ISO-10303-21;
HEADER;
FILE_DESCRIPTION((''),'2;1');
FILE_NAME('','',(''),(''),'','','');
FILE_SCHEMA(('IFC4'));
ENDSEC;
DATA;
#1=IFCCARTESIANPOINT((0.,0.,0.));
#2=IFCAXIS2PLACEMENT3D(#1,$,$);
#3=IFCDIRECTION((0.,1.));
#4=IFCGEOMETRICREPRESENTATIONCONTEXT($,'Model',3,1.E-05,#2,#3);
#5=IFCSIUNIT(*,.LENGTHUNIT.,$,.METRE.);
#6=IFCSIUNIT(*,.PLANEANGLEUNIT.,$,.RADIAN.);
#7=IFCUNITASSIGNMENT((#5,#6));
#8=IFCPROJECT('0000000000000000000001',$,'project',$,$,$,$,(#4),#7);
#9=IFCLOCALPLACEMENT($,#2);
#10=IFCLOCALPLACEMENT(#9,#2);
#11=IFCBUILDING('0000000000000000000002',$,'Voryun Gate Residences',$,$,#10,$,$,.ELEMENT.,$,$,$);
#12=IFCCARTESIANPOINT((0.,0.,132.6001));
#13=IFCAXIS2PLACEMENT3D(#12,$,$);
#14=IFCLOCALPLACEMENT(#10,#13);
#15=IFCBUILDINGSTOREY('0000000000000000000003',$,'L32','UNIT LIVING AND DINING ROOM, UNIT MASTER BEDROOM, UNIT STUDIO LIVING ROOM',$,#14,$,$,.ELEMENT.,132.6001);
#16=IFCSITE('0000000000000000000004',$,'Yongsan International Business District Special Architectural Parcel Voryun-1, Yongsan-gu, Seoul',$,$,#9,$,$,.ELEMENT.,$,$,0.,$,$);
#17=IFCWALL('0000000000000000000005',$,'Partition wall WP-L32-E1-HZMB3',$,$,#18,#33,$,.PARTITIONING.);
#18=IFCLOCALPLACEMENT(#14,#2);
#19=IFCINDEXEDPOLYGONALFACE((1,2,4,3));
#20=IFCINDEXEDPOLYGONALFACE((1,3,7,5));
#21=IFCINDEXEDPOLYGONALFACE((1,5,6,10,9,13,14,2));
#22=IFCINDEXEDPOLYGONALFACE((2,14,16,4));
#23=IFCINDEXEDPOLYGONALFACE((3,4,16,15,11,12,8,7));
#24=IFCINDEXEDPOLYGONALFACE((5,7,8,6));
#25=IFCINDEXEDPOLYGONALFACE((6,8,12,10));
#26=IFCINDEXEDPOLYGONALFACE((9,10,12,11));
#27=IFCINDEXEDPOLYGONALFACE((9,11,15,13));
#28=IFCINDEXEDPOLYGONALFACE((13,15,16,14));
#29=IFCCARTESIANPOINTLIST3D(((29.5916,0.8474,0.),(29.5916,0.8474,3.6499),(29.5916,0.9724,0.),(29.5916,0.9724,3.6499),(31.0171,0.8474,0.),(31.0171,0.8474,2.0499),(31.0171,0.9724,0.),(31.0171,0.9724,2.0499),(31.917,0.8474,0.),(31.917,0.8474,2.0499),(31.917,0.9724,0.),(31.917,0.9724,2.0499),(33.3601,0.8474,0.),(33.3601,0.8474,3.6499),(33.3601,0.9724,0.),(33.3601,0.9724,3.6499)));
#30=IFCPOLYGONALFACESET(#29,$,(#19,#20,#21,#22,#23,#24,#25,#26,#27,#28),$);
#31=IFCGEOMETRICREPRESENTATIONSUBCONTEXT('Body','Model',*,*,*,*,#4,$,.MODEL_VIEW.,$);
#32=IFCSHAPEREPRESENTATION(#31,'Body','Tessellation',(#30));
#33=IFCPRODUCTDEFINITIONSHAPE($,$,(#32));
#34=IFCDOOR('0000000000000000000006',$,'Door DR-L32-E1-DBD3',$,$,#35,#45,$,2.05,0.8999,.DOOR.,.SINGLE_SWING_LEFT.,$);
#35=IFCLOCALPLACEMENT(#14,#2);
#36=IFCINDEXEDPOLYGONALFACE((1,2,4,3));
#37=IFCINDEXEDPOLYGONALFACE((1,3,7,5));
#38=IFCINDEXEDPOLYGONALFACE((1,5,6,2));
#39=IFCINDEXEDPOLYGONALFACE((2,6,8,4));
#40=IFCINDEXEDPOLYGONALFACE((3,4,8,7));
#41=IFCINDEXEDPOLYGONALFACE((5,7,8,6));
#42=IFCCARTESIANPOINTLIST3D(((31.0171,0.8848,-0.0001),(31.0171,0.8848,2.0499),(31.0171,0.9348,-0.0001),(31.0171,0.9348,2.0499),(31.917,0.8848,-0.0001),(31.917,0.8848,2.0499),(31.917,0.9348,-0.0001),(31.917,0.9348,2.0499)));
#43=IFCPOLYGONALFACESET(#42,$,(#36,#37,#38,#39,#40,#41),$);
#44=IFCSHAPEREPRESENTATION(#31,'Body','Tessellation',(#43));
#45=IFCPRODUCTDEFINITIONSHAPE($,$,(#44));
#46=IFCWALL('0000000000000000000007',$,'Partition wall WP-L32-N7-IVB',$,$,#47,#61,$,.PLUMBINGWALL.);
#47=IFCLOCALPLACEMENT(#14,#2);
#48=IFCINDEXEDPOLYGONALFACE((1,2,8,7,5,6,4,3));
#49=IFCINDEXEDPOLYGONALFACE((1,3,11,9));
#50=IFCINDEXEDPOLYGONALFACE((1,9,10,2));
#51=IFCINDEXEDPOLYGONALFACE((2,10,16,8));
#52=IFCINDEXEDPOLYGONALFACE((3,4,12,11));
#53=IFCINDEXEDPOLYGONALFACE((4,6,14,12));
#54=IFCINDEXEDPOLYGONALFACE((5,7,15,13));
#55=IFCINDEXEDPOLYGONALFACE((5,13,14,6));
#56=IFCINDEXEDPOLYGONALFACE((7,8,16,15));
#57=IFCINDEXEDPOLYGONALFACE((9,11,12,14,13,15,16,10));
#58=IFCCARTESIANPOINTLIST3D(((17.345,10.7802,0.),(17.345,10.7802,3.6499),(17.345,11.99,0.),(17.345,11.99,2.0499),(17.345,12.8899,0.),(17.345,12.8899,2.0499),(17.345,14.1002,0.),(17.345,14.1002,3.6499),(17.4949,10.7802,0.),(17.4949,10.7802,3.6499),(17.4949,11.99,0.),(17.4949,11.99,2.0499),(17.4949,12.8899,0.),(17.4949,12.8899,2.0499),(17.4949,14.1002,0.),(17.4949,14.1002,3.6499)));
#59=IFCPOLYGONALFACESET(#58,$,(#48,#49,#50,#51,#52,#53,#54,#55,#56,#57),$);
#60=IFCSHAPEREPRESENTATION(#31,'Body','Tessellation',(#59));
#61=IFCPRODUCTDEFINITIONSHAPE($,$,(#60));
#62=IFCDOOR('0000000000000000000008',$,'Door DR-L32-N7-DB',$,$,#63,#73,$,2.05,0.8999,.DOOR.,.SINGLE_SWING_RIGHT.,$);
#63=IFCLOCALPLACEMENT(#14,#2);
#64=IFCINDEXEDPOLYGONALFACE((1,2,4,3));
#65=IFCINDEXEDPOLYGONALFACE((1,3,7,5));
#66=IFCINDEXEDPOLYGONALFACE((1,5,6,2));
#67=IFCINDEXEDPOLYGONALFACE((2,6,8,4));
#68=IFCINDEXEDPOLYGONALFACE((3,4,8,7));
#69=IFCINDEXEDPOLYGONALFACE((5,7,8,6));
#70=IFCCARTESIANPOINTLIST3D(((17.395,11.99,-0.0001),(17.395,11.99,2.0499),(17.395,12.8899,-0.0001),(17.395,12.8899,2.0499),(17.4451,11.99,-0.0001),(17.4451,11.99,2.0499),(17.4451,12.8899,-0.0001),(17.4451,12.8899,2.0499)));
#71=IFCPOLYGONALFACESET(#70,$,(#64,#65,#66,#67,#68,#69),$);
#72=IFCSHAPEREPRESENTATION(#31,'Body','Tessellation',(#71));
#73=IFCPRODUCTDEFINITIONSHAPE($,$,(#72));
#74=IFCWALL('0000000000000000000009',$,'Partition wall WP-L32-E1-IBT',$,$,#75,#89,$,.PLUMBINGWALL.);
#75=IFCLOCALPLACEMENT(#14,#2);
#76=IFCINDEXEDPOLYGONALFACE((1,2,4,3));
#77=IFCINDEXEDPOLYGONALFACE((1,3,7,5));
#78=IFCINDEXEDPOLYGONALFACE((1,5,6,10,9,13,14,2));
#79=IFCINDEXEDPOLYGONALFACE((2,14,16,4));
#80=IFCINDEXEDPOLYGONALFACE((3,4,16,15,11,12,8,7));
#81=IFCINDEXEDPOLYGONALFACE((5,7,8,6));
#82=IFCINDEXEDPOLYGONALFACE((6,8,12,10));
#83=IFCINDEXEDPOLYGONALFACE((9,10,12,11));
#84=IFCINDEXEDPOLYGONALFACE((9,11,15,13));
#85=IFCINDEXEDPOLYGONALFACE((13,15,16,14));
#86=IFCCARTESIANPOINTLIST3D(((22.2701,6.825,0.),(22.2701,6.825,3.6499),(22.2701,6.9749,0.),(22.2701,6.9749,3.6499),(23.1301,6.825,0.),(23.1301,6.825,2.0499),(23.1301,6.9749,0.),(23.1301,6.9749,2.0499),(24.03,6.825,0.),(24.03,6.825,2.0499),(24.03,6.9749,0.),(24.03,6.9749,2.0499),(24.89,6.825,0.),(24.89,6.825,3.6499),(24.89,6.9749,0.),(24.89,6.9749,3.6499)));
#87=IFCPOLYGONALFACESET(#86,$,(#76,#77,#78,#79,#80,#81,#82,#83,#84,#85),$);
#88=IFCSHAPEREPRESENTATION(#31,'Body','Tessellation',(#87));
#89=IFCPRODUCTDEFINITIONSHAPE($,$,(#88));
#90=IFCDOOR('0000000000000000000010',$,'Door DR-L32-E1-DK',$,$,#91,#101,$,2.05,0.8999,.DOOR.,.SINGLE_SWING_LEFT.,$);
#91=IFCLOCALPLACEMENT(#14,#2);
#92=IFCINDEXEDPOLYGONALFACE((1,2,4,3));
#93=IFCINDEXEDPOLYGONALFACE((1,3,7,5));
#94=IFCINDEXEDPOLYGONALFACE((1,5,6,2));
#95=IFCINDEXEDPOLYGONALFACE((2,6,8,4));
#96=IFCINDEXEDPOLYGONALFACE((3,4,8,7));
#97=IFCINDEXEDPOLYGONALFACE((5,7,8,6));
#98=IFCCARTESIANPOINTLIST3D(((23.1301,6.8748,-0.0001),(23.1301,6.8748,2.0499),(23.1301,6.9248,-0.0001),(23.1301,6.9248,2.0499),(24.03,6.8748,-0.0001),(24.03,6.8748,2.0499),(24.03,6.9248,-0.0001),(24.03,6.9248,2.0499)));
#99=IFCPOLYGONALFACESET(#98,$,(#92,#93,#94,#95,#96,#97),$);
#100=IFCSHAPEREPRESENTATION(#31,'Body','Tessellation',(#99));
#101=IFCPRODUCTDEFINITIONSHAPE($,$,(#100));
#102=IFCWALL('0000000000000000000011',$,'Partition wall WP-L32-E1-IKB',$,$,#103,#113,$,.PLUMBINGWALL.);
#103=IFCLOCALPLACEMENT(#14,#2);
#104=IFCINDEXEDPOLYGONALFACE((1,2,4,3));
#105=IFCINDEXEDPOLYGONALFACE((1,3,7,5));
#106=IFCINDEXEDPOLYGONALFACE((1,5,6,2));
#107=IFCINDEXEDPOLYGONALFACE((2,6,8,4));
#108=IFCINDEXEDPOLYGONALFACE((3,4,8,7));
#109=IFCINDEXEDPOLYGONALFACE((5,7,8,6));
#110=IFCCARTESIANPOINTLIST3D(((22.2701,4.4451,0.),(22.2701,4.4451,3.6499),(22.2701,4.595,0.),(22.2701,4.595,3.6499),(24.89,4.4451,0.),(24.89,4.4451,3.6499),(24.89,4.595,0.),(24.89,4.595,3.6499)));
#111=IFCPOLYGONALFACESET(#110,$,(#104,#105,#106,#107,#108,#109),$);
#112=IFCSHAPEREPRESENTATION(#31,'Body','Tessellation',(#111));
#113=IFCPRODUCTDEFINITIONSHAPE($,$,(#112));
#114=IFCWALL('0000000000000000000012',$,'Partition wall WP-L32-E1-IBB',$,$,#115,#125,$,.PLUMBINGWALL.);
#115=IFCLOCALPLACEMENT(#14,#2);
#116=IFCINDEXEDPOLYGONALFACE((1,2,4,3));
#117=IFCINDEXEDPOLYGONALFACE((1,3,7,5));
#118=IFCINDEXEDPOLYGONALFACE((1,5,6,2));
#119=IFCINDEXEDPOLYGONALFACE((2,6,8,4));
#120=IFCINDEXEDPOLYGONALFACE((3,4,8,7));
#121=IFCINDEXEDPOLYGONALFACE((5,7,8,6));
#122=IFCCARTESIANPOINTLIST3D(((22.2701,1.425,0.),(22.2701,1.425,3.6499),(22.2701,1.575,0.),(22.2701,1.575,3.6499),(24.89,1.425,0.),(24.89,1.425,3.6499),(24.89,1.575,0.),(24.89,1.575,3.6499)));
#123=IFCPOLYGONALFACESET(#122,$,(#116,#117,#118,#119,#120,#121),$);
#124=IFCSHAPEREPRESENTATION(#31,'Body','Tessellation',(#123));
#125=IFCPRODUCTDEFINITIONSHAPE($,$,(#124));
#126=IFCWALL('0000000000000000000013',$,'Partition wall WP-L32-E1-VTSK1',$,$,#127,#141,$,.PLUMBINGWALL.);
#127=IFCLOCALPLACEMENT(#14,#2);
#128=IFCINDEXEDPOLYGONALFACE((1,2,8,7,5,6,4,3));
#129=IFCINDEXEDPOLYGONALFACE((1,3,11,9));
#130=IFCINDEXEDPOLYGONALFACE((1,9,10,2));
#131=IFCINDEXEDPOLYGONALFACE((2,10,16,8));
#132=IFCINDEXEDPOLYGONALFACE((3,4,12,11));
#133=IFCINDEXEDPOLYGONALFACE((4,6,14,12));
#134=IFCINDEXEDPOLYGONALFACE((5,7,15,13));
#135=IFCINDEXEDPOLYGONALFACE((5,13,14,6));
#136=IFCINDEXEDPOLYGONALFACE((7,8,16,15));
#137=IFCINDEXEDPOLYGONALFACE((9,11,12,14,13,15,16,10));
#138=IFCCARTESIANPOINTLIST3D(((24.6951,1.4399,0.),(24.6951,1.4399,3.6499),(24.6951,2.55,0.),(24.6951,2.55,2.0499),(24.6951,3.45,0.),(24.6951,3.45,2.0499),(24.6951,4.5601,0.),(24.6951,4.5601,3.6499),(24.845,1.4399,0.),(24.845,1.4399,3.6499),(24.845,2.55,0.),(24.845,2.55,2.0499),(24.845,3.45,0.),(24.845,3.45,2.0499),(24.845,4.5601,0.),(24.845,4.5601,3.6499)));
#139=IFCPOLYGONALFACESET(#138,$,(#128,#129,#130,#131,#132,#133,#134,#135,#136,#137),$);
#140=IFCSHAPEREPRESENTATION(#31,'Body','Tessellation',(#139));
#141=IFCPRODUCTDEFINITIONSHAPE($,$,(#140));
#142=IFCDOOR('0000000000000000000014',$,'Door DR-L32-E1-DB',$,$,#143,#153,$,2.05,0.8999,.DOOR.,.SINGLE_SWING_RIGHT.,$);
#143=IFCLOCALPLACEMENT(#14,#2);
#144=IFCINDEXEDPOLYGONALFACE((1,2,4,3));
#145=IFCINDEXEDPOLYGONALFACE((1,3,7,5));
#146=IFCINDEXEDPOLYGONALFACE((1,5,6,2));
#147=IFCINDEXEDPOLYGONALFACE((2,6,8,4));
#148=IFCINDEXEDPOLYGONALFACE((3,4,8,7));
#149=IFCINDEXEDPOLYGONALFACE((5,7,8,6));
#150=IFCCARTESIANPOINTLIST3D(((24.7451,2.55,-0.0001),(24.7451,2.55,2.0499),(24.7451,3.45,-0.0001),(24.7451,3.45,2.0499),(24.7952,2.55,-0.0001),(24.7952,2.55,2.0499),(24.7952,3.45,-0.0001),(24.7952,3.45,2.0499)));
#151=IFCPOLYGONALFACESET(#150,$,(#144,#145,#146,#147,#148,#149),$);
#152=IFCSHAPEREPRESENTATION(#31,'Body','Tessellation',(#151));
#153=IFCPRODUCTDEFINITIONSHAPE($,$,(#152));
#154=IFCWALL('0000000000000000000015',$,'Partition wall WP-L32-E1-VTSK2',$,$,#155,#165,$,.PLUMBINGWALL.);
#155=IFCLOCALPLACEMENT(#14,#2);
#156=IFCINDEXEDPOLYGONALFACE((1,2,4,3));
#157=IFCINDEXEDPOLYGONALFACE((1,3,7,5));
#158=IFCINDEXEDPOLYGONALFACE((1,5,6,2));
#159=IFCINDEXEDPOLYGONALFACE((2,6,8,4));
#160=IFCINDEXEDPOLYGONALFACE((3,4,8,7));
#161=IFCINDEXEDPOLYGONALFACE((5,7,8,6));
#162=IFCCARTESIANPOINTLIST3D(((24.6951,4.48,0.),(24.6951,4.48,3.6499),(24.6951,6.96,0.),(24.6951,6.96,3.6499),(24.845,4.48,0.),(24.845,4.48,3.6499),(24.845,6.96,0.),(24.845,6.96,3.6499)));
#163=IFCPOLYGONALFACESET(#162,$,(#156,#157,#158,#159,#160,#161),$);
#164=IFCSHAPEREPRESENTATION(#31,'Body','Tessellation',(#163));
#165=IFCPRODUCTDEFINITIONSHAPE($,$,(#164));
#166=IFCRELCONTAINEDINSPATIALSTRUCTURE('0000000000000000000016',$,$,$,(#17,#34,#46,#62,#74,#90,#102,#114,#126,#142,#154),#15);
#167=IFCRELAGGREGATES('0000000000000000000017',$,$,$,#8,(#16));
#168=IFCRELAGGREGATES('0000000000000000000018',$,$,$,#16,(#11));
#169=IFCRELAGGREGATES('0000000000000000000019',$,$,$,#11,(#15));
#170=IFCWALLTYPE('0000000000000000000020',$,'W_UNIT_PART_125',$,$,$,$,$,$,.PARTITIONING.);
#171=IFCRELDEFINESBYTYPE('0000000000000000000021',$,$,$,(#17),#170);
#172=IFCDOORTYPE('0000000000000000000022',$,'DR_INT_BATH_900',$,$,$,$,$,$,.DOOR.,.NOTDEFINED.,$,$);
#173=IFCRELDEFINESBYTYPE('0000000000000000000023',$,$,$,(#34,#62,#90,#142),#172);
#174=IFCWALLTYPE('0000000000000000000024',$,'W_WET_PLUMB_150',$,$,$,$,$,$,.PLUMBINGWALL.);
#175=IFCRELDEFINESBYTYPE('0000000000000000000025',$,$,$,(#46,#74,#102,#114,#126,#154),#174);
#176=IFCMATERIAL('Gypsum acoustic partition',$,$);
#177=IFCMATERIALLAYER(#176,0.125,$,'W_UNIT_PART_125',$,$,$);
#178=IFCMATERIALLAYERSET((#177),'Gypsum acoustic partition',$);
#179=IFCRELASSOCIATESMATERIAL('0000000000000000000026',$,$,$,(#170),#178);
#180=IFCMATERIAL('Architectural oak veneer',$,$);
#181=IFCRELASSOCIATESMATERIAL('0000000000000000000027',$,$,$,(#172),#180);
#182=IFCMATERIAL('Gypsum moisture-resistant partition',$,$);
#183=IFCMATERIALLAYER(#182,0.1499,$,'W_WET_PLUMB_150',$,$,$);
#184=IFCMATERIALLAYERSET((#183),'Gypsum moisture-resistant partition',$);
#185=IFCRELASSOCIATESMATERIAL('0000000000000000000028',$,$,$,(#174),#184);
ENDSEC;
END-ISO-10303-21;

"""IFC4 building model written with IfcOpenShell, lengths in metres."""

from ifc_helpers import new_model, si_unit, direction, frame, frame_2d, origin, place, context, subcontext, project, spatial, rectangle, extrude, material, layer, layer_set, type_object, element, fill, save


model = new_model("IFC4")

# Units and contexts
model_context = context("Model", 3, precision=1e-05, world=origin(), true_north=direction((0.0, 1.0)))
body_context = subcontext(model_context, "Body", "Model", "MODEL_VIEW")
ifc_project = project(units=[si_unit("LENGTHUNIT", "METRE"), si_unit("PLANEANGLEUNIT", "RADIAN")], contexts=[model_context])

# Site, building, storey
site_placement = place(None, origin())
site = spatial("IfcSite", under=ifc_project, at=site_placement, Name="Yongsan International Business District Special Architectural Parcel Voryun-1, Yongsan-gu, Seoul", CompositionType="ELEMENT", RefElevation=0.0)
building_placement = place(site_placement, origin())
building = spatial("IfcBuilding", under=site, at=building_placement, Name="Voryun Gate Residences", CompositionType="ELEMENT")
storey_placement = place(building_placement, frame((0.0, 0.0, 132.6001)))
storey = spatial("IfcBuildingStorey", under=building, at=storey_placement, Name="L32", Description="UNIT LIVING AND DINING ROOM, UNIT MASTER BEDROOM, UNIT STUDIO LIVING ROOM", CompositionType="ELEMENT", Elevation=132.6001)

# Walls, openings, doors
ifc_material_1 = material(Name="Gypsum acoustic partition")
ifc_layer_1 = layer(ifc_material_1, 0.125, Name="W_UNIT_PART_125")
ifc_layer_set_1 = layer_set([ifc_layer_1], Name="Gypsum acoustic partition")
wall_type_1 = type_object("IfcWallType", Name="W_UNIT_PART_125", PredefinedType="PARTITIONING", material=ifc_layer_set_1)
ifc_material_2 = material(Name="Architectural oak veneer")
door_type = type_object("IfcDoorType", Name="DR_INT_BATH_900", OperationType="NOTDEFINED", PredefinedType="DOOR", material=ifc_material_2)
wall_1_placement = place(storey_placement, frame((29.5916, 0.9099, 0.0), z_axis=(0.0, 0.0, 1.0), x_axis=(1.0, 0.0, 0.0)))
wall_1 = element("IfcWall", 1, at=wall_1_placement, inside=storey, type_object=wall_type_1, Name="Partition wall WP-L32-E1-HZMB3", PredefinedType="PARTITIONING", context=body_context, shape_type="SweptSolid", body=[
    extrude(rectangle(XDim=3.7686, YDim=0.125, at=frame_2d((1.8843, 0.0))), origin(), (0.0, 0.0, 1.0), 3.6499),
])
opening_1_placement = place(wall_1_placement, frame((1.4255, 0.0, 0.0)))
opening_1 = element("IfcOpeningElement", 2, at=opening_1_placement, cuts=wall_1, PredefinedType="OPENING", context=body_context, shape_type="SweptSolid", body=[
    extrude(rectangle(XDim=0.8999, YDim=2.05, at=frame_2d((0.45, 1.0249))), frame((0.0, 0.0725, 0.0), z_axis=(0.0, -1.0, 0.0), x_axis=(1.0, 0.0, 0.0)), (0.0, 0.0, 1.0), 0.145),
])
door_1_placement = place(opening_1_placement, origin())
door_1 = element("IfcDoor", 3, at=door_1_placement, inside=storey, type_object=door_type, Name="Door DR-L32-E1-DBD3", OperationType="SINGLE_SWING_LEFT", OverallHeight=2.05, OverallWidth=0.8999, PredefinedType="DOOR", context=body_context, shape_type="SweptSolid", body=[
    extrude(rectangle(XDim=0.8999, YDim=2.05, at=frame_2d((0.45, 1.0249))), frame((0.0, 0.0249, 0.0), z_axis=(0.0, -1.0, 0.0), x_axis=(1.0, 0.0, 0.0)), (0.0, 0.0, 1.0), 0.05),
])
fill(opening_1, door_1)
ifc_material_3 = material(Name="Gypsum moisture-resistant partition")
ifc_layer_2 = layer(ifc_material_3, 0.1499, Name="W_WET_PLUMB_150")
ifc_layer_set_2 = layer_set([ifc_layer_2], Name="Gypsum moisture-resistant partition")
wall_type_2 = type_object("IfcWallType", Name="W_WET_PLUMB_150", PredefinedType="PLUMBINGWALL", material=ifc_layer_set_2)
wall_2_placement = place(storey_placement, frame((17.4199, 10.78, 0.0), z_axis=(0.0, 0.0, 1.0), x_axis=(0.0, 1.0, 0.0)))
wall_2 = element("IfcWall", 4, at=wall_2_placement, inside=storey, type_object=wall_type_2, Name="Partition wall WP-L32-N7-IVB", PredefinedType="PLUMBINGWALL", context=body_context, shape_type="SweptSolid", body=[
    extrude(rectangle(XDim=3.3201, YDim=0.1499, at=frame_2d((1.6602, 0.0))), origin(), (0.0, 0.0, 1.0), 3.6499),
])
opening_2_placement = place(wall_2_placement, frame((1.21, 0.0, 0.0)))
opening_2 = element("IfcOpeningElement", 5, at=opening_2_placement, cuts=wall_2, PredefinedType="OPENING", context=body_context, shape_type="SweptSolid", body=[
    extrude(rectangle(XDim=0.8999, YDim=2.05, at=frame_2d((0.45, 1.0249))), frame((0.0, 0.085, 0.0), z_axis=(0.0, -1.0, 0.0), x_axis=(1.0, 0.0, 0.0)), (0.0, 0.0, 1.0), 0.1699),
])
door_2_placement = place(opening_2_placement, origin())
door_2 = element("IfcDoor", 6, at=door_2_placement, inside=storey, type_object=door_type, Name="Door DR-L32-N7-DB", OperationType="SINGLE_SWING_RIGHT", OverallHeight=2.05, OverallWidth=0.8999, PredefinedType="DOOR", context=body_context, shape_type="SweptSolid", body=[
    extrude(rectangle(XDim=0.8999, YDim=2.05, at=frame_2d((0.45, 1.0249))), frame((0.0, 0.0249, 0.0), z_axis=(0.0, -1.0, 0.0), x_axis=(1.0, 0.0, 0.0)), (0.0, 0.0, 1.0), 0.05),
])
fill(opening_2, door_2)
wall_3_placement = place(storey_placement, frame((22.27, 6.8999, 0.0), z_axis=(0.0, 0.0, 1.0), x_axis=(1.0, 0.0, 0.0)))
wall_3 = element("IfcWall", 7, at=wall_3_placement, inside=storey, type_object=wall_type_2, Name="Partition wall WP-L32-E1-IBT", PredefinedType="PLUMBINGWALL", context=body_context, shape_type="SweptSolid", body=[
    extrude(rectangle(XDim=2.6199, YDim=0.1499, at=frame_2d((1.3101, 0.0))), origin(), (0.0, 0.0, 1.0), 3.6499),
])
opening_3_placement = place(wall_3_placement, frame((0.8601, 0.0, 0.0)))
opening_3 = element("IfcOpeningElement", 8, at=opening_3_placement, cuts=wall_3, PredefinedType="OPENING", context=body_context, shape_type="SweptSolid", body=[
    extrude(rectangle(XDim=0.8999, YDim=2.05, at=frame_2d((0.45, 1.0249))), frame((0.0, 0.085, 0.0), z_axis=(0.0, -1.0, 0.0), x_axis=(1.0, 0.0, 0.0)), (0.0, 0.0, 1.0), 0.1699),
])
door_3_placement = place(opening_3_placement, origin())
door_3 = element("IfcDoor", 9, at=door_3_placement, inside=storey, type_object=door_type, Name="Door DR-L32-E1-DK", OperationType="SINGLE_SWING_LEFT", OverallHeight=2.05, OverallWidth=0.8999, PredefinedType="DOOR", context=body_context, shape_type="SweptSolid", body=[
    extrude(rectangle(XDim=0.8999, YDim=2.05, at=frame_2d((0.45, 1.0249))), frame((0.0, 0.0249, 0.0), z_axis=(0.0, -1.0, 0.0), x_axis=(1.0, 0.0, 0.0)), (0.0, 0.0, 1.0), 0.05),
])
fill(opening_3, door_3)

# Walls
for number, where, z_axis, x_axis, name in (
    (10, (22.27, 4.52, 0.0), (0.0, 0.0, 1.0), (1.0, 0.0, 0.0), "Partition wall WP-L32-E1-IKB"),
    (11, (22.27, 1.5, 0.0), (0.0, 0.0, 1.0), (1.0, 0.0, 0.0), "Partition wall WP-L32-E1-IBB"),
):
    element("IfcWall", number, at=place(storey_placement, frame(where, z_axis=z_axis, x_axis=x_axis)), inside=storey, type_object=wall_type_2, Name=name, PredefinedType="PLUMBINGWALL", context=body_context, shape_type="SweptSolid", body=[
        extrude(rectangle(XDim=2.6199, YDim=0.1499, at=frame_2d((1.3101, 0.0))), origin(), (0.0, 0.0, 1.0), 3.6499),
    ])

# Wall, opening, door
wall_4_placement = place(storey_placement, frame((24.77, 1.4399, 0.0), z_axis=(0.0, 0.0, 1.0), x_axis=(0.0, 1.0, 0.0)))
wall_4 = element("IfcWall", 12, at=wall_4_placement, inside=storey, type_object=wall_type_2, Name="Partition wall WP-L32-E1-VTSK1", PredefinedType="PLUMBINGWALL", context=body_context, shape_type="SweptSolid", body=[
    extrude(rectangle(XDim=3.1201, YDim=0.1499, at=frame_2d((1.5601, 0.0))), origin(), (0.0, 0.0, 1.0), 3.6499),
])
opening_4_placement = place(wall_4_placement, frame((1.1101, 0.0, 0.0)))
opening_4 = element("IfcOpeningElement", 13, at=opening_4_placement, cuts=wall_4, PredefinedType="OPENING", context=body_context, shape_type="SweptSolid", body=[
    extrude(rectangle(XDim=0.8999, YDim=2.05, at=frame_2d((0.45, 1.0249))), frame((0.0, 0.085, 0.0), z_axis=(0.0, -1.0, 0.0), x_axis=(1.0, 0.0, 0.0)), (0.0, 0.0, 1.0), 0.1699),
])
door_4_placement = place(opening_4_placement, origin())
door_4 = element("IfcDoor", 14, at=door_4_placement, inside=storey, type_object=door_type, Name="Door DR-L32-E1-DB", OperationType="SINGLE_SWING_RIGHT", OverallHeight=2.05, OverallWidth=0.8999, PredefinedType="DOOR", context=body_context, shape_type="SweptSolid", body=[
    extrude(rectangle(XDim=0.8999, YDim=2.05, at=frame_2d((0.45, 1.0249))), frame((0.0, 0.0249, 0.0), z_axis=(0.0, -1.0, 0.0), x_axis=(1.0, 0.0, 0.0)), (0.0, 0.0, 1.0), 0.05),
])
fill(opening_4, door_4)

# Wall
wall_5_placement = place(storey_placement, frame((24.77, 4.48, 0.0), z_axis=(0.0, 0.0, 1.0), x_axis=(0.0, 1.0, 0.0)))
element("IfcWall", 15, at=wall_5_placement, inside=storey, type_object=wall_type_2, Name="Partition wall WP-L32-E1-VTSK2", PredefinedType="PLUMBINGWALL", context=body_context, shape_type="SweptSolid", body=[
    extrude(rectangle(XDim=2.48, YDim=0.1499, at=frame_2d((1.24, 0.0))), origin(), (0.0, 0.0, 1.0), 3.6499),
])

save(model, "model.ifc")
